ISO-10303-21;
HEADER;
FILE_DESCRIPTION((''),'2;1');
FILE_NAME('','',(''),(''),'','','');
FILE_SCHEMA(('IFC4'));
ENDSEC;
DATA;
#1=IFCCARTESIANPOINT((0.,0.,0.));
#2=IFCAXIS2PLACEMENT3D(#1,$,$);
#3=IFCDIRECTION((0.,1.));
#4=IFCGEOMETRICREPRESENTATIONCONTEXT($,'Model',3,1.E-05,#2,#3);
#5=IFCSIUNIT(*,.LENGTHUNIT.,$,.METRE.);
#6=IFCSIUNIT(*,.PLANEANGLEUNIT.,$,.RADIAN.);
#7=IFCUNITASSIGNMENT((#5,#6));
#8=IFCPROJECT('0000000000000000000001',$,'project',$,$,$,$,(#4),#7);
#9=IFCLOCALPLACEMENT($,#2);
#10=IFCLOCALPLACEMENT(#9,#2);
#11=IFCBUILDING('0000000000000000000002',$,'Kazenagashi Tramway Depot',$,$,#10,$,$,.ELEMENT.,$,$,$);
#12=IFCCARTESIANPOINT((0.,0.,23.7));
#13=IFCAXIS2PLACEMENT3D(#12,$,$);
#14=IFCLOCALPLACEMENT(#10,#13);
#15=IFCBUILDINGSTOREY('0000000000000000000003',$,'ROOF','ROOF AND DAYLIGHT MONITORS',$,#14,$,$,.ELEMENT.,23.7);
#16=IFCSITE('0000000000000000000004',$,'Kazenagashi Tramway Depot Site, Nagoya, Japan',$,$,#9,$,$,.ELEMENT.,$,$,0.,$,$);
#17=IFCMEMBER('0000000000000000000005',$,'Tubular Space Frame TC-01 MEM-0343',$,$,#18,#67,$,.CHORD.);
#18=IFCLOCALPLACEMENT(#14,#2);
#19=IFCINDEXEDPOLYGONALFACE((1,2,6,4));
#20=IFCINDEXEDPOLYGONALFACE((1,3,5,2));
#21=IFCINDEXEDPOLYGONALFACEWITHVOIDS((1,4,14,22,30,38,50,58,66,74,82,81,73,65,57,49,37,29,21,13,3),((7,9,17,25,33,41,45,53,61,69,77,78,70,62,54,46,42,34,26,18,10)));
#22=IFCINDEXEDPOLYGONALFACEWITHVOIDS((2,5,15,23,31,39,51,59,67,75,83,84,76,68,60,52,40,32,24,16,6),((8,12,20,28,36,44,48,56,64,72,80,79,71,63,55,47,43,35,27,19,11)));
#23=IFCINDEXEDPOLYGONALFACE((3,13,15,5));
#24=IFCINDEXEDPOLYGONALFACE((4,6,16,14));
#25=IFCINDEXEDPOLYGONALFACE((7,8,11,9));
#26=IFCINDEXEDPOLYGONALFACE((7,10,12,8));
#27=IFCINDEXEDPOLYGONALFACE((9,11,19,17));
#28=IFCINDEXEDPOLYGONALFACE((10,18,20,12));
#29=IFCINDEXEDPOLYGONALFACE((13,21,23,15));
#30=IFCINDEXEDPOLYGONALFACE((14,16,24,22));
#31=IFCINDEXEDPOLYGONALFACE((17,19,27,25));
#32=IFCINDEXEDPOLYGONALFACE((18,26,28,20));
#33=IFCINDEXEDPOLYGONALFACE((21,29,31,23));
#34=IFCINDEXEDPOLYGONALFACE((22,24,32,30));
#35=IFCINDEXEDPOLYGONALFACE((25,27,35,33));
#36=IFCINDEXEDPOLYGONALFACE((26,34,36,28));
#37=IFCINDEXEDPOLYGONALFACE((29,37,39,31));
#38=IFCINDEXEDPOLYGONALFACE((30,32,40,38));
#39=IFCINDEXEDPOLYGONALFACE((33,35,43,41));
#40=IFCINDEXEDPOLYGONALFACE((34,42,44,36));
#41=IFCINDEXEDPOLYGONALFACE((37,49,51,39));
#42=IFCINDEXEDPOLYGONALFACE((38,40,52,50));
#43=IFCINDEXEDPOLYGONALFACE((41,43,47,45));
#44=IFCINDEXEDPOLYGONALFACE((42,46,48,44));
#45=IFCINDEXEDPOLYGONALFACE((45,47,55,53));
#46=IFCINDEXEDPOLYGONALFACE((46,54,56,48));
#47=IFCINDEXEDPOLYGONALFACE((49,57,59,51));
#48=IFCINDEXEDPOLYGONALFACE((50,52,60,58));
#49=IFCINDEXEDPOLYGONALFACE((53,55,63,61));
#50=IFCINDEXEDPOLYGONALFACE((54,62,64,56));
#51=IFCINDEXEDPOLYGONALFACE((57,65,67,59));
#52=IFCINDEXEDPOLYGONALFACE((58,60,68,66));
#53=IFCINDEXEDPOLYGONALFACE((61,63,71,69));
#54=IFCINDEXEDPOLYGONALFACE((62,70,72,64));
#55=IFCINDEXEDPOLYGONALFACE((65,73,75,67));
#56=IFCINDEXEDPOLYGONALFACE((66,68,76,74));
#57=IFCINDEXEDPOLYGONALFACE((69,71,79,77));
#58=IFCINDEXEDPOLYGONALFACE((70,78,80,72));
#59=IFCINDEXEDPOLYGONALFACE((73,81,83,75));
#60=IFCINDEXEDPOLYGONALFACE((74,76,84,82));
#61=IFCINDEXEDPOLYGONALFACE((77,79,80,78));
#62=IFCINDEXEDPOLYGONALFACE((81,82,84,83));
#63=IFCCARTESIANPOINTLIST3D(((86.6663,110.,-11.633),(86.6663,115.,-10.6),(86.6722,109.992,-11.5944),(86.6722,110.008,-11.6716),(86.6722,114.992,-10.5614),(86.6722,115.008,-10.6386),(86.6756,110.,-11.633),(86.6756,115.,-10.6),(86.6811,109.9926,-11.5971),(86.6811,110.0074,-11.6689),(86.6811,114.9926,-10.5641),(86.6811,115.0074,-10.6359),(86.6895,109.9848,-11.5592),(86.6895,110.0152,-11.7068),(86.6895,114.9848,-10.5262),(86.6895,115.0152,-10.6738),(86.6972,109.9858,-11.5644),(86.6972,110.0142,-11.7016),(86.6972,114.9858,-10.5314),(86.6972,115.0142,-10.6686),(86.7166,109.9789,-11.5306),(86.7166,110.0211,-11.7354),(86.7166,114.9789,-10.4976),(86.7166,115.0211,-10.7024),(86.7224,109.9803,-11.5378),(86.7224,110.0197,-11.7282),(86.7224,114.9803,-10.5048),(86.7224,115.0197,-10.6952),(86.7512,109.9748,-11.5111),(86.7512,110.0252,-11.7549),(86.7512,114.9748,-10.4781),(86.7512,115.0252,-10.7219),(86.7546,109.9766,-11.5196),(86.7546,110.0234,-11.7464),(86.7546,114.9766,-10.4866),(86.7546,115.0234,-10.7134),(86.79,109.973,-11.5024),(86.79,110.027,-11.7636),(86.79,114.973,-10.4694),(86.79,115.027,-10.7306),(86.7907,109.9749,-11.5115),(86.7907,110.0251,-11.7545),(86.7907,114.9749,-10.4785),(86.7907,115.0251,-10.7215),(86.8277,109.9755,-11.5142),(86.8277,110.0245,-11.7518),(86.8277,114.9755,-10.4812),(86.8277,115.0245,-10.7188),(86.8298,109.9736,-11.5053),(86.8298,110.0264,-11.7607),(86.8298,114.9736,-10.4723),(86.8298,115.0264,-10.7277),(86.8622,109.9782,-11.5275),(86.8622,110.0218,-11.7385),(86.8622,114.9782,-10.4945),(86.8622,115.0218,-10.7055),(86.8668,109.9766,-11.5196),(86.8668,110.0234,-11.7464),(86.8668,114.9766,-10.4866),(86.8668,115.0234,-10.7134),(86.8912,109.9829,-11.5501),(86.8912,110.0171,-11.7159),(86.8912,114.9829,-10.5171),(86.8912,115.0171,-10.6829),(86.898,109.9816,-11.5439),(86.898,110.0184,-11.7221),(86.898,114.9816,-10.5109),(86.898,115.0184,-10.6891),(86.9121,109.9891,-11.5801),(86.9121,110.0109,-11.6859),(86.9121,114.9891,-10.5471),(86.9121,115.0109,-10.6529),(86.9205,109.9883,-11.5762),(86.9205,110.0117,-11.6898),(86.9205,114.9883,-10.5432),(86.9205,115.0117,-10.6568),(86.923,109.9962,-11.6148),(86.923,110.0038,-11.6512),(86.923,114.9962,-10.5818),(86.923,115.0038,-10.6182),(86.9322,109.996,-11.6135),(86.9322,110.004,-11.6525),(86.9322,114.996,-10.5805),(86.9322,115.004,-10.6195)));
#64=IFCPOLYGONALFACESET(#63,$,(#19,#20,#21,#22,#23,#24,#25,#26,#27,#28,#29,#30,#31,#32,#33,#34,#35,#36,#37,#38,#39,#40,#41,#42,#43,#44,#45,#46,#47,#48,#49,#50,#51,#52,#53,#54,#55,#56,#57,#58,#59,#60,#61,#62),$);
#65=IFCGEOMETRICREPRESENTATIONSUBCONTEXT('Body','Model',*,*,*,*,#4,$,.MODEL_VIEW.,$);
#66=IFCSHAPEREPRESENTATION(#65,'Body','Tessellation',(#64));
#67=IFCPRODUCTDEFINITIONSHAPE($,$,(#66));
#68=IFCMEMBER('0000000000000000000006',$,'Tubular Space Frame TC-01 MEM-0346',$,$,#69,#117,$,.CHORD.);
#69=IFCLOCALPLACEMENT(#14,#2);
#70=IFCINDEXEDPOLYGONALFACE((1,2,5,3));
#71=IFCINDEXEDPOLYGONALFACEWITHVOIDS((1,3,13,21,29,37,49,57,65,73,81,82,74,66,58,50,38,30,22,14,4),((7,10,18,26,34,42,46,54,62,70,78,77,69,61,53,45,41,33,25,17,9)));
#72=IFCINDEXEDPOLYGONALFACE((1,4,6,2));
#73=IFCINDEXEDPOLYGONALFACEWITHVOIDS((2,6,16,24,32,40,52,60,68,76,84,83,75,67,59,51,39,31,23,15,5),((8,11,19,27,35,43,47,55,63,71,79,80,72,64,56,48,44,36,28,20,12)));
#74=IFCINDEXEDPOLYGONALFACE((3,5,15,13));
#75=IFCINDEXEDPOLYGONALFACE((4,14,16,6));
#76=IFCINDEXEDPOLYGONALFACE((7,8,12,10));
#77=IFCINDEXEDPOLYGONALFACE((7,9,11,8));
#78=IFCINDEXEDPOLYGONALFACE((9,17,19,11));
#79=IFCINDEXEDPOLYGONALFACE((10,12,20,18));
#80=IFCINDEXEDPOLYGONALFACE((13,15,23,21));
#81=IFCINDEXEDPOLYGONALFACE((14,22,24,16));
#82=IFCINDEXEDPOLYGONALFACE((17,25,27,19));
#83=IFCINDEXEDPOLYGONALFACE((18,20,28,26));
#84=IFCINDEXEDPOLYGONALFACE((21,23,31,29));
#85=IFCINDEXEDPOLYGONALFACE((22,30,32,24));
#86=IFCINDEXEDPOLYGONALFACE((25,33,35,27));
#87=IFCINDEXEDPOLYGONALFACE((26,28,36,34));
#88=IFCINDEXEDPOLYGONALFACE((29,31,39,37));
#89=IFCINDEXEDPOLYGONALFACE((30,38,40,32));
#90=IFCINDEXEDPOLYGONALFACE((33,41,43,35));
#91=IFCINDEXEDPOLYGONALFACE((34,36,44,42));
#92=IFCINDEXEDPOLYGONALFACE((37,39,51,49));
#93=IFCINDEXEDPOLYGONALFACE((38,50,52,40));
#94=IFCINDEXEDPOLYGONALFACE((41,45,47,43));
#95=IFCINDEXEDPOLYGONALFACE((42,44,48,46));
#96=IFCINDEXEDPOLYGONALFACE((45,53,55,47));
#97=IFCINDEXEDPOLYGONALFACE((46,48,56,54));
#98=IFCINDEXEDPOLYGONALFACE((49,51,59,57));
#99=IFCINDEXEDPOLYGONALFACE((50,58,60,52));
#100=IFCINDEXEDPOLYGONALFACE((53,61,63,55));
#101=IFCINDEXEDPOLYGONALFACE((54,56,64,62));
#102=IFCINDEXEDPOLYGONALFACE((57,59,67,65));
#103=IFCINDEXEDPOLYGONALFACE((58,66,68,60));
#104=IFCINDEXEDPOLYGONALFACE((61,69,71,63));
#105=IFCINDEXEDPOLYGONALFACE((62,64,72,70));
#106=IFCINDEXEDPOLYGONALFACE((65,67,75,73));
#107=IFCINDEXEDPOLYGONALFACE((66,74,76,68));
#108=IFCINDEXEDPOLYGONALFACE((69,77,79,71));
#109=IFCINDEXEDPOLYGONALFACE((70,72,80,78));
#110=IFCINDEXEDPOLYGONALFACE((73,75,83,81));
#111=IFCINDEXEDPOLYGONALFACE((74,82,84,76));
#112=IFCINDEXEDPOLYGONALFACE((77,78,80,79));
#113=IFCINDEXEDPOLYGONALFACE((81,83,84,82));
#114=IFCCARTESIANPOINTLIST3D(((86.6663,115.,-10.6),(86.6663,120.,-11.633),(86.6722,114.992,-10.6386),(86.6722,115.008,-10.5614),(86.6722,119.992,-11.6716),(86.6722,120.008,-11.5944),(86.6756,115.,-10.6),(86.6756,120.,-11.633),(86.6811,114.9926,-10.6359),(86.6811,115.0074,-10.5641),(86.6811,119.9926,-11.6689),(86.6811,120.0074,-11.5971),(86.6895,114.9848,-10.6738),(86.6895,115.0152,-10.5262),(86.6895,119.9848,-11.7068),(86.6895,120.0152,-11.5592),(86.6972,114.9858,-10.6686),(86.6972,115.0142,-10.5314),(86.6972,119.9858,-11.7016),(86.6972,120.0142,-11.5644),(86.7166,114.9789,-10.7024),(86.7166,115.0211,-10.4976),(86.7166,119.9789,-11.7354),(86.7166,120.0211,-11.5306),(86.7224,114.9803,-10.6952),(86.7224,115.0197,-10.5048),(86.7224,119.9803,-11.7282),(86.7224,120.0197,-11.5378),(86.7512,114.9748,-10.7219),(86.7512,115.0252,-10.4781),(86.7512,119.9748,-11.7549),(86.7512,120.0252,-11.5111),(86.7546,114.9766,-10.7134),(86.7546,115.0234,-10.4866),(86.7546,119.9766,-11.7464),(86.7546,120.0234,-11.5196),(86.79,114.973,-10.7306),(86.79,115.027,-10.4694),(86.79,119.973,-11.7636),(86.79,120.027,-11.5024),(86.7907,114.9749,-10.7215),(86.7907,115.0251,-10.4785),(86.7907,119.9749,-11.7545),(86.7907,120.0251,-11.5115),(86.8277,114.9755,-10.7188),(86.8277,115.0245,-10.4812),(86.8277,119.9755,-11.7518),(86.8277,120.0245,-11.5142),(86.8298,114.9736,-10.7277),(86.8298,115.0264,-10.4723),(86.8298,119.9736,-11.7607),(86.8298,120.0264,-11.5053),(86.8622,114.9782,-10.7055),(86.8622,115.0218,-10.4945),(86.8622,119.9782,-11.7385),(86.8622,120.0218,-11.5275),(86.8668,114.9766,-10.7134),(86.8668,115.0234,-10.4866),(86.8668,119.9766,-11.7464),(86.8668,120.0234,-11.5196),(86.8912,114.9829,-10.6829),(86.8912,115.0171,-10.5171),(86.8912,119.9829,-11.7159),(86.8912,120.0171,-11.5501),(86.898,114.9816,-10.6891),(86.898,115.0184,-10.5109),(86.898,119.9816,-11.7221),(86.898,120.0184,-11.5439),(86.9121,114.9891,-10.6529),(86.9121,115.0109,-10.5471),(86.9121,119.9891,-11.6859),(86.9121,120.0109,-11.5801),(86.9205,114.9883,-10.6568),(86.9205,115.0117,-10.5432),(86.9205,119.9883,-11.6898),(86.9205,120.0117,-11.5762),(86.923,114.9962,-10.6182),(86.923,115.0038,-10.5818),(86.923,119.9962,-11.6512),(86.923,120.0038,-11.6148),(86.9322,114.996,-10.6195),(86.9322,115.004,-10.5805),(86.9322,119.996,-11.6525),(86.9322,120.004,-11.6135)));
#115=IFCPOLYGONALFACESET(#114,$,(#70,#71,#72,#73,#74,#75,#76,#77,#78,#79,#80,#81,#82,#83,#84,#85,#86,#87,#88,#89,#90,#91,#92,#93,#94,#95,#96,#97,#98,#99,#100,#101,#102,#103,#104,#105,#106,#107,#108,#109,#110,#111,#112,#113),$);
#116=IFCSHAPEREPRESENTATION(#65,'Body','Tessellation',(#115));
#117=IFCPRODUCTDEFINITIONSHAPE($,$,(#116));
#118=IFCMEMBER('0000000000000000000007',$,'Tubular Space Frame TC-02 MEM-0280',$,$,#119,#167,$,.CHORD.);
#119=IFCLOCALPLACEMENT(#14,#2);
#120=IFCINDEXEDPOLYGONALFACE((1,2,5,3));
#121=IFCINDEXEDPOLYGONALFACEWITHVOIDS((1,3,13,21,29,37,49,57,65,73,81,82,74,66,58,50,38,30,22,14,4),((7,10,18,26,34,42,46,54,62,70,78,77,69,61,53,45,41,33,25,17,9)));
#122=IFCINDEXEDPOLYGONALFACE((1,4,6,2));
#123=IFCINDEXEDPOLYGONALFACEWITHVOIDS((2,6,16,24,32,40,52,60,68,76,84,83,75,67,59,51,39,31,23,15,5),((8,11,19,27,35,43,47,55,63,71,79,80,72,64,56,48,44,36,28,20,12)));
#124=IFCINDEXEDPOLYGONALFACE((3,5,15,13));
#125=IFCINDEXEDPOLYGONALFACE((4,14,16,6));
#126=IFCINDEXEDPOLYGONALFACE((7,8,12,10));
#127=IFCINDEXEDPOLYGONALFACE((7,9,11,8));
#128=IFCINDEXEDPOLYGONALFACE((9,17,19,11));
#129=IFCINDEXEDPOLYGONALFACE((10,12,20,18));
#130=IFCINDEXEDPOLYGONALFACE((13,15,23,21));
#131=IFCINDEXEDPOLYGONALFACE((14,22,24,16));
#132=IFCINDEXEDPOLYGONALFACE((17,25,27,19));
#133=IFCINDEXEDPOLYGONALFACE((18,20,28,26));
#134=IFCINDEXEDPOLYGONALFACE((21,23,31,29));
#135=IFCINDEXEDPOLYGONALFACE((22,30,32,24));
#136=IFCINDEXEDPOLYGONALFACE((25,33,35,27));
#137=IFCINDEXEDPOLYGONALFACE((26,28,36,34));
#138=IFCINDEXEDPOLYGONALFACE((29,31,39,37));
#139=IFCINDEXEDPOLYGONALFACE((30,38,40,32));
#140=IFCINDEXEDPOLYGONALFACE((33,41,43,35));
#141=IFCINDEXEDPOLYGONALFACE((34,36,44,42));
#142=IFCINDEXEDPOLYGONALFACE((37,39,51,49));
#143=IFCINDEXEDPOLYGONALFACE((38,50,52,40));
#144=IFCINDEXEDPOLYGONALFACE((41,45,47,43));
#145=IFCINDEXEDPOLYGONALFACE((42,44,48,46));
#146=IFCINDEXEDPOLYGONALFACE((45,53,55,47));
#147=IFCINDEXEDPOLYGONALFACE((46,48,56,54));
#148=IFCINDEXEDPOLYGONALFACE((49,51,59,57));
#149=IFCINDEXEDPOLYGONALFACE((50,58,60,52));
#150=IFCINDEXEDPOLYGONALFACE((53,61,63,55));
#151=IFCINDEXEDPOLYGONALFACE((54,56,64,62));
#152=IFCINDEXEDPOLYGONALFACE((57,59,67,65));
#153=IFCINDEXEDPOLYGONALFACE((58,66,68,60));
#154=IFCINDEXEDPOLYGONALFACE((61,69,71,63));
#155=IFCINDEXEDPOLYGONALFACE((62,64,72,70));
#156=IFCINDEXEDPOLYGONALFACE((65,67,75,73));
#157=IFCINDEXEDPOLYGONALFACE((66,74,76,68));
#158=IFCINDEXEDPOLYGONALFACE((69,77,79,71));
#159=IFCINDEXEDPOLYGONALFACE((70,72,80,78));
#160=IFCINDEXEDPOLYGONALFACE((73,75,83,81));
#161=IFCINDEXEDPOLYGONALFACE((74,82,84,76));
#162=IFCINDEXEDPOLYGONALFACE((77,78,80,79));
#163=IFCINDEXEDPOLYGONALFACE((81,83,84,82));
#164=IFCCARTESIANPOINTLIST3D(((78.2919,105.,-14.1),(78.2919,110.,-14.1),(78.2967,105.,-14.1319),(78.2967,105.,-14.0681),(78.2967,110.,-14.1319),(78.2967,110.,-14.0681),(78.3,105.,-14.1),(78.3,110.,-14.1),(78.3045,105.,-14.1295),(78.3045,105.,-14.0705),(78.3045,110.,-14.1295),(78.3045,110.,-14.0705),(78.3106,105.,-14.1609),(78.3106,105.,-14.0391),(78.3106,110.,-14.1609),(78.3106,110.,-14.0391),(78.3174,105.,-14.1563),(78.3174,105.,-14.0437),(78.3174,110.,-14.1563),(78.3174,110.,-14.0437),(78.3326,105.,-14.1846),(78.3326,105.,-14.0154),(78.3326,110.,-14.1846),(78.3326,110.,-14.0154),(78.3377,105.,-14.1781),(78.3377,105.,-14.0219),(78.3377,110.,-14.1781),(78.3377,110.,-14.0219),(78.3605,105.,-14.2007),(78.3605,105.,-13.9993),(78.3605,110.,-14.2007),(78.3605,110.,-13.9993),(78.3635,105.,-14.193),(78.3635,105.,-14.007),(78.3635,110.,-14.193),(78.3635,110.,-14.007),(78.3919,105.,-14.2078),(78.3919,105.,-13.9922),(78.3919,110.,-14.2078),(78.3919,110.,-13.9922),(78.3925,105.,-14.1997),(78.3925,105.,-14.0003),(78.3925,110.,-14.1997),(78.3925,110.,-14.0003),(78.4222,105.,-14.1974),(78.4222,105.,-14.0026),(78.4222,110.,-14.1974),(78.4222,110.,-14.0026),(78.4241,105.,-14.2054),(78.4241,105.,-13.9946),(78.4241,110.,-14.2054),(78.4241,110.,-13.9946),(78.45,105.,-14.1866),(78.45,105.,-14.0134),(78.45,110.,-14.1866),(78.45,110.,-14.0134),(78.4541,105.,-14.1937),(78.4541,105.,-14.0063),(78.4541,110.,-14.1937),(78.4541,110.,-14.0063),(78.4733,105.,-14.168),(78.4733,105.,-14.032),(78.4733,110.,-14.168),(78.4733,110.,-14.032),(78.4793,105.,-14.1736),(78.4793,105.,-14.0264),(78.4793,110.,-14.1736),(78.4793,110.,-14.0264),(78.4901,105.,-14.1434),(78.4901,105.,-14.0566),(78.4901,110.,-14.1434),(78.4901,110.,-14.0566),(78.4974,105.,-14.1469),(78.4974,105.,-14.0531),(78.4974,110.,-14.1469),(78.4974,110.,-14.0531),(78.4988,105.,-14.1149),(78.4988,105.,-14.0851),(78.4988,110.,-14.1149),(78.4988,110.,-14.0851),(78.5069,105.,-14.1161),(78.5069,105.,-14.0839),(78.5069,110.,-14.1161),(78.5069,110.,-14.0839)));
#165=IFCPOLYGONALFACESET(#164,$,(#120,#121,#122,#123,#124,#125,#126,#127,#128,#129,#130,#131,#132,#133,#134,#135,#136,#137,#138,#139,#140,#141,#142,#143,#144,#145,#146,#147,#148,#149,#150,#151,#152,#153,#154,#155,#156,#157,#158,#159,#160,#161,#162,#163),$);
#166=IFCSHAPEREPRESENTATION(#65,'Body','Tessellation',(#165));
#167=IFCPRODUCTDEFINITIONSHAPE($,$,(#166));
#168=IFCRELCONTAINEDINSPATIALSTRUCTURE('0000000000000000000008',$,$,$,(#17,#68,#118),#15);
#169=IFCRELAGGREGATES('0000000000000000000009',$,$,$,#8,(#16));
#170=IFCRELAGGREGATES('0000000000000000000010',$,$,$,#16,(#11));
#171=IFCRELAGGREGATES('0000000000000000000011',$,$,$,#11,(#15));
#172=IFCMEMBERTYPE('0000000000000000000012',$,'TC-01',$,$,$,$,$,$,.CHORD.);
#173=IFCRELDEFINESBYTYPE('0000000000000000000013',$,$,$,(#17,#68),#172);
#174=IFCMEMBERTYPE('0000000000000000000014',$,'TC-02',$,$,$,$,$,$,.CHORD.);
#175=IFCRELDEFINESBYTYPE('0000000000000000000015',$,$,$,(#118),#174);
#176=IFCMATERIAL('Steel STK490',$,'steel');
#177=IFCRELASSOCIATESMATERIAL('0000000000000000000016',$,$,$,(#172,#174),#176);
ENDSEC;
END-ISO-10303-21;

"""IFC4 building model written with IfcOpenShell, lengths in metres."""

from ifc_helpers import new_model, si_unit, direction, frame, origin, origin_2d, place, context, subcontext, project, spatial, hollow_circle, extrude, material, material_profile, profile_set, type_object, element, save


model = new_model("IFC4")

# Units and contexts
model_context = context("Model", 3, precision=1e-05, world=origin(), true_north=direction((0.0, 1.0)))
body_context = subcontext(model_context, "Body", "Model", "MODEL_VIEW")
ifc_project = project(units=[si_unit("LENGTHUNIT", "METRE"), si_unit("PLANEANGLEUNIT", "RADIAN")], contexts=[model_context])

# Site, building, storey
site_placement = place(None, origin())
site = spatial("IfcSite", under=ifc_project, at=site_placement, Name="Kazenagashi Tramway Depot Site, Nagoya, Japan", CompositionType="ELEMENT", RefElevation=0.0)
building_placement = place(site_placement, origin())
building = spatial("IfcBuilding", under=site, at=building_placement, Name="Kazenagashi Tramway Depot", CompositionType="ELEMENT")
storey_placement = place(building_placement, frame((0.0, 0.0, 23.7)))
storey = spatial("IfcBuildingStorey", under=building, at=storey_placement, Name="ROOF", Description="ROOF AND DAYLIGHT MONITORS", CompositionType="ELEMENT", Elevation=23.7)

# Members
ifc_material_1 = material(Name="Steel STK490", Category="steel")
ifc_material_profile_1 = material_profile(ifc_material_1, hollow_circle(Radius=0.1337, WallThickness=0.0093, at=origin_2d()), Name="CHS-267.4x9.3")
ifc_profile_set_1 = profile_set([ifc_material_profile_1], Name="Steel STK490")
member_type_1 = type_object("IfcMemberType", Name="TC-01", PredefinedType="CHORD", material=ifc_profile_set_1)
for number, where, z_axis, x_axis, name in (
    (1, (86.8, 110.0, -11.633), (0.0, 0.979318, 0.202327), (-1.0, 0.0, 0.0), "Tubular Space Frame TC-01 MEM-0343"),
    (2, (86.8, 115.0, -10.6), (0.0, 0.979318, -0.202327), (-1.0, 0.0, 0.0), "Tubular Space Frame TC-01 MEM-0346"),
):
    element("IfcMember", number, at=place(storey_placement, frame(where, z_axis=z_axis, x_axis=x_axis)), inside=storey, type_object=member_type_1, Name=name, PredefinedType="CHORD", context=body_context, shape_type="SweptSolid", body=[
        extrude(hollow_circle(Radius=0.1337, WallThickness=0.0093, at=origin_2d()), origin(), (0.0, 0.0, 1.0), 5.1056),
    ])
ifc_material_profile_2 = material_profile(ifc_material_1, hollow_circle(Radius=0.1081, WallThickness=0.0082, at=origin_2d()), Name="CHS-216.3x8.2")
ifc_profile_set_2 = profile_set([ifc_material_profile_2], Name="Steel STK490")
member_type_2 = type_object("IfcMemberType", Name="TC-02", PredefinedType="CHORD", material=ifc_profile_set_2)
for number, where, z_axis, x_axis, name in (
    (3, (78.4, 105.0, -14.1), (0.0, 1.0, 0.0), (-1.0, 0.0, 0.0), "Tubular Space Frame TC-02 MEM-0280"),
):
    element("IfcMember", number, at=place(storey_placement, frame(where, z_axis=z_axis, x_axis=x_axis)), inside=storey, type_object=member_type_2, Name=name, PredefinedType="CHORD", context=body_context, shape_type="SweptSolid", body=[
        extrude(hollow_circle(Radius=0.1081, WallThickness=0.0082, at=origin_2d()), origin(), (0.0, 0.0, 1.0), 5.0),
    ])

save(model, "model.ifc")
